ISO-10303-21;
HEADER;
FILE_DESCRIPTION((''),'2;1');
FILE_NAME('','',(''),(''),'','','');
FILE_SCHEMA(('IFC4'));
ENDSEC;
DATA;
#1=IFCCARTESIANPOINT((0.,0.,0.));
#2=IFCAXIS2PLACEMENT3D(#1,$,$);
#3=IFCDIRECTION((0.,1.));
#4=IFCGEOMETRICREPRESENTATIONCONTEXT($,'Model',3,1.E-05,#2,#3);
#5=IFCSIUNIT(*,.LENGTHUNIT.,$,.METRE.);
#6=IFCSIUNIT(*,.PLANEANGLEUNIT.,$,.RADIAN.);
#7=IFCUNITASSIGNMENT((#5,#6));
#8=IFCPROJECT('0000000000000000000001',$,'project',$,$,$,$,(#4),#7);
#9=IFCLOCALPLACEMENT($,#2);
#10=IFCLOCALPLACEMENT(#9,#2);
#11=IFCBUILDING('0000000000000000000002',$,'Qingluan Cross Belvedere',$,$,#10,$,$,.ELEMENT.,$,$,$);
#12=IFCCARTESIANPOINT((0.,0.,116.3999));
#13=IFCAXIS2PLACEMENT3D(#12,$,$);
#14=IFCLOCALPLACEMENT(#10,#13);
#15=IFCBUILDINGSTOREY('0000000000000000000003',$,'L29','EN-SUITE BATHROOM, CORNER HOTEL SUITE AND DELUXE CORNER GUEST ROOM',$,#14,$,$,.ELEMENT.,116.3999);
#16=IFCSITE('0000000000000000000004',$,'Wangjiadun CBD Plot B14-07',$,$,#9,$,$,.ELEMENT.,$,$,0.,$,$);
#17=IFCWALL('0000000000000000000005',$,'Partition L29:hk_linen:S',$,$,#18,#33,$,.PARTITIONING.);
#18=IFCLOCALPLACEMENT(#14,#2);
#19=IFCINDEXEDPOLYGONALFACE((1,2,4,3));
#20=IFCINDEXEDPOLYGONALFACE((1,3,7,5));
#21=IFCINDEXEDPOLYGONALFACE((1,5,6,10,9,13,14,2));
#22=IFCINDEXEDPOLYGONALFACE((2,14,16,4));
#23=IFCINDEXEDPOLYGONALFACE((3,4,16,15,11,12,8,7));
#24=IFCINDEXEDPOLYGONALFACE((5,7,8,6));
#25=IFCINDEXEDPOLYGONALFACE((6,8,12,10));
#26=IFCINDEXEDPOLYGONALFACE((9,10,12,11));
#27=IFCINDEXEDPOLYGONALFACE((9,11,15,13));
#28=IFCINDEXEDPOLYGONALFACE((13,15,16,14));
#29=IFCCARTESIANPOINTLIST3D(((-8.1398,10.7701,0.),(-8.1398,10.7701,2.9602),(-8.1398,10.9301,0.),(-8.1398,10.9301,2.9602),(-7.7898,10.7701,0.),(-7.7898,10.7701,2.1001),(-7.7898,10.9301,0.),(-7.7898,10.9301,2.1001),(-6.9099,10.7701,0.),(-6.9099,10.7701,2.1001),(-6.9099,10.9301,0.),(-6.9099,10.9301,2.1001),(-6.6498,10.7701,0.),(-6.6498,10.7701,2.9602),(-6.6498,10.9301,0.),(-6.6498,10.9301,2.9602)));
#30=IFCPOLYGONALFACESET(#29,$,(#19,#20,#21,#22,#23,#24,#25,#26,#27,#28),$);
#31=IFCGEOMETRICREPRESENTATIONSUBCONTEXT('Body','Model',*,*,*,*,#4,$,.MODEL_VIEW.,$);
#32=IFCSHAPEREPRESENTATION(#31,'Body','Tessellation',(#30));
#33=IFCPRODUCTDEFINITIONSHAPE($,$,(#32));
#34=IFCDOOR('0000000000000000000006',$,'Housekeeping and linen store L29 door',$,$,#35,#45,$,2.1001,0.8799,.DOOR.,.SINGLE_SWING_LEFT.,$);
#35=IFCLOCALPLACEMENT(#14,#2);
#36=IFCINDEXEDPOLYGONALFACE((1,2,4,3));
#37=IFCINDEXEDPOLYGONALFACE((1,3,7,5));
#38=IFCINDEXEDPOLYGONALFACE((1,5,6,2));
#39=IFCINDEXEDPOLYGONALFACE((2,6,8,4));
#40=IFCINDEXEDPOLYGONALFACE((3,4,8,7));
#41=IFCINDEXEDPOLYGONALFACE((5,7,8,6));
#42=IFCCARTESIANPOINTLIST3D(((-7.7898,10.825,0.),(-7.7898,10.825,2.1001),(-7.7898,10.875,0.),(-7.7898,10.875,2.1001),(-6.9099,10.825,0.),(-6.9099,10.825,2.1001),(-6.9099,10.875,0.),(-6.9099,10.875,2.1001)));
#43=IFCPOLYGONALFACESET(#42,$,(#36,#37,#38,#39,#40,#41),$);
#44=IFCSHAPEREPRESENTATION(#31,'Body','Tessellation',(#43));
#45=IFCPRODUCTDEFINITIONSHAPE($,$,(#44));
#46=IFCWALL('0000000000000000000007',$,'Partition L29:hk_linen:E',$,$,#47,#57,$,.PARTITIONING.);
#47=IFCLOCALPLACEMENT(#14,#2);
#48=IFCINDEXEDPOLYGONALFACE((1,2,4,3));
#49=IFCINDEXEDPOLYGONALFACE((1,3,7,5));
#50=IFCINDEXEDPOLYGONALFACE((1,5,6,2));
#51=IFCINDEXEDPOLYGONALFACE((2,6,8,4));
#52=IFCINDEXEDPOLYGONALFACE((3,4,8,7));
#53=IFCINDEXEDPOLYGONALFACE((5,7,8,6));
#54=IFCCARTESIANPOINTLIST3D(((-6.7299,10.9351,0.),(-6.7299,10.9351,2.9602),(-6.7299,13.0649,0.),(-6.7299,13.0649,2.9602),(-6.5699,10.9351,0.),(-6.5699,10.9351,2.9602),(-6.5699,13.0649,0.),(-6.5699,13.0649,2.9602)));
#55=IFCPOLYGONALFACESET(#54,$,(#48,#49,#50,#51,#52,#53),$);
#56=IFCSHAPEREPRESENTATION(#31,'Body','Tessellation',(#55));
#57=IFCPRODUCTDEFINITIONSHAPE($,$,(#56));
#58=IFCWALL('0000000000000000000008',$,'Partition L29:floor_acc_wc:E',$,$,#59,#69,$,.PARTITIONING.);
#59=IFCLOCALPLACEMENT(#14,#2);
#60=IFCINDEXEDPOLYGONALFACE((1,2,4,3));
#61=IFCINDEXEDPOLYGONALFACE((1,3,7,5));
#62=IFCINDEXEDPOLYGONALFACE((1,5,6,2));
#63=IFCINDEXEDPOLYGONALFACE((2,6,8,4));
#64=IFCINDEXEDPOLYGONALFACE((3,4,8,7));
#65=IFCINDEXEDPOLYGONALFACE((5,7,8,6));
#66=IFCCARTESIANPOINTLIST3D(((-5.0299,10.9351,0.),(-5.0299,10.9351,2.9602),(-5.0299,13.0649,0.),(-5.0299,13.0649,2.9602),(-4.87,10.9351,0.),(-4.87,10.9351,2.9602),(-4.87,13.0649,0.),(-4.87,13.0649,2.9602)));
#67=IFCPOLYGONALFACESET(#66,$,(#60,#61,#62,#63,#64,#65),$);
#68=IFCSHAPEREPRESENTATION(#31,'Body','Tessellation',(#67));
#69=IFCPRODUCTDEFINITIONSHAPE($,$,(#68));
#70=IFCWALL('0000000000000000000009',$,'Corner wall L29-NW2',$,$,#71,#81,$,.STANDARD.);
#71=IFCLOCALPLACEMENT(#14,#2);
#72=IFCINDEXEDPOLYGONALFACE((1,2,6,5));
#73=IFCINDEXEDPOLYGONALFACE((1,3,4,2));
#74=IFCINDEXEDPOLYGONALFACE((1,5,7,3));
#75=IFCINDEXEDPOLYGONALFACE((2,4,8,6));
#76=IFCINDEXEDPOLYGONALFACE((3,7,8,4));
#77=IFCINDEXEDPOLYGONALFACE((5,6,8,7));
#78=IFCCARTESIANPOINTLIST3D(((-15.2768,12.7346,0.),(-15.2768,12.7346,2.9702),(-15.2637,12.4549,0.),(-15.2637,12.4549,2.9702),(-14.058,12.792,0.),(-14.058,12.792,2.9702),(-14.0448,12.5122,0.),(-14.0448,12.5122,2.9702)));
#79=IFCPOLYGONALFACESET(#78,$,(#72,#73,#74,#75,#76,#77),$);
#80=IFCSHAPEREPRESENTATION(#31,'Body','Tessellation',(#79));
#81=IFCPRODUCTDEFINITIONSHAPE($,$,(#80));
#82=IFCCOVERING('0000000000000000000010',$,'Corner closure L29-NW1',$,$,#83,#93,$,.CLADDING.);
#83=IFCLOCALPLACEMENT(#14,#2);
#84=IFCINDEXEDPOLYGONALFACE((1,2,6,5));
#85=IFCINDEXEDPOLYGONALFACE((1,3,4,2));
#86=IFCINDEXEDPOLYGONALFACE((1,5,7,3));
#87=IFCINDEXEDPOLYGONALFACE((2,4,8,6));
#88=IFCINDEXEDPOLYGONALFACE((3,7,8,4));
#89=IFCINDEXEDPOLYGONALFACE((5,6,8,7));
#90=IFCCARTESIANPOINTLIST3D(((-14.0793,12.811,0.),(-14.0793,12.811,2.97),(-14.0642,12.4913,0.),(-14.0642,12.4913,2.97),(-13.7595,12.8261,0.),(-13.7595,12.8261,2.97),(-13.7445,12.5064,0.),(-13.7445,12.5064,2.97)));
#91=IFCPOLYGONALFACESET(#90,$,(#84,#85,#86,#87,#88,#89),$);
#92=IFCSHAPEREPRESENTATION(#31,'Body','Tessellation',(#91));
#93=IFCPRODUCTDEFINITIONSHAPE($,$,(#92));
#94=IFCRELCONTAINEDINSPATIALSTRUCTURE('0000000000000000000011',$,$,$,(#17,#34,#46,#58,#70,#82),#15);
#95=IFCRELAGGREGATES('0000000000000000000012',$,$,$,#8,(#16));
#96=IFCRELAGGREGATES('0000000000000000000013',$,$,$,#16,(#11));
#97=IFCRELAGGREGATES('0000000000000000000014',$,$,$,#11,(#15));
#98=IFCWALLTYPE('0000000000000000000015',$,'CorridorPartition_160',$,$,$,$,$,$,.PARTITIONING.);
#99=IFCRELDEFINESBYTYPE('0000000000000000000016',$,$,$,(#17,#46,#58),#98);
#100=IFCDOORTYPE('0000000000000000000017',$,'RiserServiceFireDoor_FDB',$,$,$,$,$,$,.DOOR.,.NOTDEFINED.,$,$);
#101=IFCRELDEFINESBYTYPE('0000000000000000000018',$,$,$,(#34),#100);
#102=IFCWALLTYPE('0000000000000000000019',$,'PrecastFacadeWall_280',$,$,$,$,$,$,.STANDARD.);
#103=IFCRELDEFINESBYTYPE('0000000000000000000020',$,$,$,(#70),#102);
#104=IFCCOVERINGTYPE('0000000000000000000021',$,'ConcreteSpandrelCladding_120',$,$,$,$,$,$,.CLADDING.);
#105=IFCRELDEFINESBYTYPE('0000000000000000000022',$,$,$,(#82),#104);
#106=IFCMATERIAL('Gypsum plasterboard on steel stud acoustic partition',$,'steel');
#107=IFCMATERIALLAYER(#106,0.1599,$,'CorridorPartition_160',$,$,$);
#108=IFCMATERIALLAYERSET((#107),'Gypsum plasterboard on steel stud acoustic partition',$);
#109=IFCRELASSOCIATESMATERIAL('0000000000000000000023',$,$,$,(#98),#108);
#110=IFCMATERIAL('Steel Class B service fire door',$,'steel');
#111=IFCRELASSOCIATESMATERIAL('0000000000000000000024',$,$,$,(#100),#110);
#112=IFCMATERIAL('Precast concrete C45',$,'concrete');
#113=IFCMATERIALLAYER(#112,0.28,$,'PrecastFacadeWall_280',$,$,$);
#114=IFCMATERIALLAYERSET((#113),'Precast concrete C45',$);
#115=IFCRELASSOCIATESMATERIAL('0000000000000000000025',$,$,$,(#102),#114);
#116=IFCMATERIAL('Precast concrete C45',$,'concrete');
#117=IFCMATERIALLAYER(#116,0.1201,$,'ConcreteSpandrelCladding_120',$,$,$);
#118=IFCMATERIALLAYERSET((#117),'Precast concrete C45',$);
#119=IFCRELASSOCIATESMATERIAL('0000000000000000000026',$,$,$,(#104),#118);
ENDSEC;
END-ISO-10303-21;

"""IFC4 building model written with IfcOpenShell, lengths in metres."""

from ifc_helpers import new_model, si_unit, direction, frame, frame_2d, origin, origin_2d, place, context, subcontext, project, spatial, rectangle, extrude, material, layer, layer_set, type_object, element, fill, save


model = new_model("IFC4")

# Units and contexts
model_context = context("Model", 3, precision=1e-05, world=origin(), true_north=direction((0.0, 1.0)))
body_context = subcontext(model_context, "Body", "Model", "MODEL_VIEW")
ifc_project = project(units=[si_unit("LENGTHUNIT", "METRE"), si_unit("PLANEANGLEUNIT", "RADIAN")], contexts=[model_context])

# Site, building, storey
site_placement = place(None, origin())
site = spatial("IfcSite", under=ifc_project, at=site_placement, Name="Wangjiadun CBD Plot B14-07", CompositionType="ELEMENT", RefElevation=0.0)
building_placement = place(site_placement, origin())
building = spatial("IfcBuilding", under=site, at=building_placement, Name="Qingluan Cross Belvedere", CompositionType="ELEMENT")
storey_placement = place(building_placement, frame((0.0, 0.0, 116.3999)))
storey = spatial("IfcBuildingStorey", under=building, at=storey_placement, Name="L29", Description="EN-SUITE BATHROOM, CORNER HOTEL SUITE AND DELUXE CORNER GUEST ROOM", CompositionType="ELEMENT", Elevation=116.3999)

# Shared definitions
ifc_material_1 = material(Name="Gypsum plasterboard on steel stud acoustic partition", Category="steel")
ifc_layer_1 = layer(ifc_material_1, 0.1599, Name="CorridorPartition_160")
ifc_layer_set_1 = layer_set([ifc_layer_1], Name="Gypsum plasterboard on steel stud acoustic partition")
wall_type_1 = type_object("IfcWallType", Name="CorridorPartition_160", PredefinedType="PARTITIONING", material=ifc_layer_set_1)

# Wall, opening, door
wall_1_placement = place(storey_placement, frame((-8.1399, 10.8501, 0.0), z_axis=(0.0, 0.0, 1.0), x_axis=(1.0, 0.0, 0.0)))
wall_1 = element("IfcWall", 1, at=wall_1_placement, inside=storey, type_object=wall_type_1, Name="Partition L29:hk_linen:S", PredefinedType="PARTITIONING", context=body_context, shape_type="SweptSolid", body=[
    extrude(rectangle(XDim=1.49, YDim=0.1599, at=frame_2d((0.7451, 0.0))), origin(), (0.0, 0.0, 1.0), 2.9602),
])
opening_1_placement = place(wall_1_placement, frame((0.3501, 0.0, 0.0)))
opening_1 = element("IfcOpeningElement", 2, at=opening_1_placement, cuts=wall_1, PredefinedType="OPENING", context=body_context, shape_type="SweptSolid", body=[
    extrude(rectangle(XDim=0.8799, YDim=2.1001, at=frame_2d((0.4399, 1.05))), frame((0.0, 0.0898, 0.0), z_axis=(0.0, -1.0, 0.0), x_axis=(1.0, 0.0, 0.0)), (0.0, 0.0, 1.0), 0.1799),
])
ifc_material_2 = material(Name="Steel Class B service fire door", Category="steel")
door_type_1 = type_object("IfcDoorType", Name="RiserServiceFireDoor_FDB", OperationType="NOTDEFINED", PredefinedType="DOOR", material=ifc_material_2)
door_1_placement = place(opening_1_placement, origin())
door_1 = element("IfcDoor", 3, at=door_1_placement, inside=storey, type_object=door_type_1, Name="Housekeeping and linen store L29 door", OperationType="SINGLE_SWING_LEFT", OverallHeight=2.1001, OverallWidth=0.8799, PredefinedType="DOOR", context=body_context, shape_type="SweptSolid", body=[
    extrude(rectangle(XDim=0.8799, YDim=2.1001, at=frame_2d((0.4399, 1.05))), frame((0.0, 0.0249, 0.0), z_axis=(0.0, -1.0, 0.0), x_axis=(1.0, 0.0, 0.0)), (0.0, 0.0, 1.0), 0.05),
])
fill(opening_1, door_1)

# Wall
wall_2_placement = place(storey_placement, frame((-6.6499, 10.9351, 0.0), z_axis=(0.0, 0.0, 1.0), x_axis=(0.0, 1.0, 0.0)))
element("IfcWall", 4, at=wall_2_placement, inside=storey, type_object=wall_type_1, Name="Partition L29:hk_linen:E", PredefinedType="PARTITIONING", context=body_context, shape_type="SweptSolid", body=[
    extrude(rectangle(XDim=2.1299, YDim=0.1599, at=frame_2d((1.0649, 0.0))), origin(), (0.0, 0.0, 1.0), 2.9602),
])

# Walls
wall_3_placement = place(storey_placement, frame((-4.95, 10.9351, 0.0), z_axis=(0.0, 0.0, 1.0), x_axis=(0.0, 1.0, 0.0)))
element("IfcWall", 5, at=wall_3_placement, inside=storey, type_object=wall_type_1, Name="Partition L29:floor_acc_wc:E", PredefinedType="PARTITIONING", context=body_context, shape_type="SweptSolid", body=[
    extrude(rectangle(XDim=2.1299, YDim=0.1599, at=frame_2d((1.0649, 0.0))), origin(), (0.0, 0.0, 1.0), 2.9602),
])
ifc_material_3 = material(Name="Precast concrete C45", Category="concrete")
ifc_layer_2 = layer(ifc_material_3, 0.28, Name="PrecastFacadeWall_280")
ifc_layer_set_2 = layer_set([ifc_layer_2], Name="Precast concrete C45")
wall_type_2 = type_object("IfcWallType", Name="PrecastFacadeWall_280", PredefinedType="STANDARD", material=ifc_layer_set_2)
wall_4_placement = place(storey_placement, frame((-15.2703, 12.5947, 0.0), z_axis=(0.0, 0.0, 1.0), x_axis=(0.998894, 0.047023, 0.0)))
element("IfcWall", 6, at=wall_4_placement, inside=storey, type_object=wall_type_2, Name="Corner wall L29-NW2", PredefinedType="STANDARD", context=body_context, shape_type="SweptSolid", body=[
    extrude(rectangle(XDim=1.2202, YDim=0.28, at=frame_2d((0.6101, 0.0))), origin(), (0.0, 0.0, 1.0), 2.9702),
])

# Covering
ifc_material_4 = material(Name="Precast concrete C45", Category="concrete")
ifc_layer_3 = layer(ifc_material_4, 0.1201, Name="ConcreteSpandrelCladding_120")
ifc_layer_set_3 = layer_set([ifc_layer_3], Name="Precast concrete C45")
covering_type = type_object("IfcCoveringType", Name="ConcreteSpandrelCladding_120", PredefinedType="CLADDING", material=ifc_layer_set_3)
covering_placement = place(storey_placement, frame((-13.9119, 12.6587, 0.0), z_axis=(0.0, 0.0, 1.0), x_axis=(0.99889, 0.047106, 0.0)))
element("IfcCovering", 7, at=covering_placement, inside=storey, type_object=covering_type, Name="Corner closure L29-NW1", PredefinedType="CLADDING", context=body_context, shape_type="SweptSolid", body=[
    extrude(rectangle(XDim=0.3201, YDim=0.3201, at=origin_2d()), origin(), (0.0, 0.0, 1.0), 2.97),
])

save(model, "model.ifc")
